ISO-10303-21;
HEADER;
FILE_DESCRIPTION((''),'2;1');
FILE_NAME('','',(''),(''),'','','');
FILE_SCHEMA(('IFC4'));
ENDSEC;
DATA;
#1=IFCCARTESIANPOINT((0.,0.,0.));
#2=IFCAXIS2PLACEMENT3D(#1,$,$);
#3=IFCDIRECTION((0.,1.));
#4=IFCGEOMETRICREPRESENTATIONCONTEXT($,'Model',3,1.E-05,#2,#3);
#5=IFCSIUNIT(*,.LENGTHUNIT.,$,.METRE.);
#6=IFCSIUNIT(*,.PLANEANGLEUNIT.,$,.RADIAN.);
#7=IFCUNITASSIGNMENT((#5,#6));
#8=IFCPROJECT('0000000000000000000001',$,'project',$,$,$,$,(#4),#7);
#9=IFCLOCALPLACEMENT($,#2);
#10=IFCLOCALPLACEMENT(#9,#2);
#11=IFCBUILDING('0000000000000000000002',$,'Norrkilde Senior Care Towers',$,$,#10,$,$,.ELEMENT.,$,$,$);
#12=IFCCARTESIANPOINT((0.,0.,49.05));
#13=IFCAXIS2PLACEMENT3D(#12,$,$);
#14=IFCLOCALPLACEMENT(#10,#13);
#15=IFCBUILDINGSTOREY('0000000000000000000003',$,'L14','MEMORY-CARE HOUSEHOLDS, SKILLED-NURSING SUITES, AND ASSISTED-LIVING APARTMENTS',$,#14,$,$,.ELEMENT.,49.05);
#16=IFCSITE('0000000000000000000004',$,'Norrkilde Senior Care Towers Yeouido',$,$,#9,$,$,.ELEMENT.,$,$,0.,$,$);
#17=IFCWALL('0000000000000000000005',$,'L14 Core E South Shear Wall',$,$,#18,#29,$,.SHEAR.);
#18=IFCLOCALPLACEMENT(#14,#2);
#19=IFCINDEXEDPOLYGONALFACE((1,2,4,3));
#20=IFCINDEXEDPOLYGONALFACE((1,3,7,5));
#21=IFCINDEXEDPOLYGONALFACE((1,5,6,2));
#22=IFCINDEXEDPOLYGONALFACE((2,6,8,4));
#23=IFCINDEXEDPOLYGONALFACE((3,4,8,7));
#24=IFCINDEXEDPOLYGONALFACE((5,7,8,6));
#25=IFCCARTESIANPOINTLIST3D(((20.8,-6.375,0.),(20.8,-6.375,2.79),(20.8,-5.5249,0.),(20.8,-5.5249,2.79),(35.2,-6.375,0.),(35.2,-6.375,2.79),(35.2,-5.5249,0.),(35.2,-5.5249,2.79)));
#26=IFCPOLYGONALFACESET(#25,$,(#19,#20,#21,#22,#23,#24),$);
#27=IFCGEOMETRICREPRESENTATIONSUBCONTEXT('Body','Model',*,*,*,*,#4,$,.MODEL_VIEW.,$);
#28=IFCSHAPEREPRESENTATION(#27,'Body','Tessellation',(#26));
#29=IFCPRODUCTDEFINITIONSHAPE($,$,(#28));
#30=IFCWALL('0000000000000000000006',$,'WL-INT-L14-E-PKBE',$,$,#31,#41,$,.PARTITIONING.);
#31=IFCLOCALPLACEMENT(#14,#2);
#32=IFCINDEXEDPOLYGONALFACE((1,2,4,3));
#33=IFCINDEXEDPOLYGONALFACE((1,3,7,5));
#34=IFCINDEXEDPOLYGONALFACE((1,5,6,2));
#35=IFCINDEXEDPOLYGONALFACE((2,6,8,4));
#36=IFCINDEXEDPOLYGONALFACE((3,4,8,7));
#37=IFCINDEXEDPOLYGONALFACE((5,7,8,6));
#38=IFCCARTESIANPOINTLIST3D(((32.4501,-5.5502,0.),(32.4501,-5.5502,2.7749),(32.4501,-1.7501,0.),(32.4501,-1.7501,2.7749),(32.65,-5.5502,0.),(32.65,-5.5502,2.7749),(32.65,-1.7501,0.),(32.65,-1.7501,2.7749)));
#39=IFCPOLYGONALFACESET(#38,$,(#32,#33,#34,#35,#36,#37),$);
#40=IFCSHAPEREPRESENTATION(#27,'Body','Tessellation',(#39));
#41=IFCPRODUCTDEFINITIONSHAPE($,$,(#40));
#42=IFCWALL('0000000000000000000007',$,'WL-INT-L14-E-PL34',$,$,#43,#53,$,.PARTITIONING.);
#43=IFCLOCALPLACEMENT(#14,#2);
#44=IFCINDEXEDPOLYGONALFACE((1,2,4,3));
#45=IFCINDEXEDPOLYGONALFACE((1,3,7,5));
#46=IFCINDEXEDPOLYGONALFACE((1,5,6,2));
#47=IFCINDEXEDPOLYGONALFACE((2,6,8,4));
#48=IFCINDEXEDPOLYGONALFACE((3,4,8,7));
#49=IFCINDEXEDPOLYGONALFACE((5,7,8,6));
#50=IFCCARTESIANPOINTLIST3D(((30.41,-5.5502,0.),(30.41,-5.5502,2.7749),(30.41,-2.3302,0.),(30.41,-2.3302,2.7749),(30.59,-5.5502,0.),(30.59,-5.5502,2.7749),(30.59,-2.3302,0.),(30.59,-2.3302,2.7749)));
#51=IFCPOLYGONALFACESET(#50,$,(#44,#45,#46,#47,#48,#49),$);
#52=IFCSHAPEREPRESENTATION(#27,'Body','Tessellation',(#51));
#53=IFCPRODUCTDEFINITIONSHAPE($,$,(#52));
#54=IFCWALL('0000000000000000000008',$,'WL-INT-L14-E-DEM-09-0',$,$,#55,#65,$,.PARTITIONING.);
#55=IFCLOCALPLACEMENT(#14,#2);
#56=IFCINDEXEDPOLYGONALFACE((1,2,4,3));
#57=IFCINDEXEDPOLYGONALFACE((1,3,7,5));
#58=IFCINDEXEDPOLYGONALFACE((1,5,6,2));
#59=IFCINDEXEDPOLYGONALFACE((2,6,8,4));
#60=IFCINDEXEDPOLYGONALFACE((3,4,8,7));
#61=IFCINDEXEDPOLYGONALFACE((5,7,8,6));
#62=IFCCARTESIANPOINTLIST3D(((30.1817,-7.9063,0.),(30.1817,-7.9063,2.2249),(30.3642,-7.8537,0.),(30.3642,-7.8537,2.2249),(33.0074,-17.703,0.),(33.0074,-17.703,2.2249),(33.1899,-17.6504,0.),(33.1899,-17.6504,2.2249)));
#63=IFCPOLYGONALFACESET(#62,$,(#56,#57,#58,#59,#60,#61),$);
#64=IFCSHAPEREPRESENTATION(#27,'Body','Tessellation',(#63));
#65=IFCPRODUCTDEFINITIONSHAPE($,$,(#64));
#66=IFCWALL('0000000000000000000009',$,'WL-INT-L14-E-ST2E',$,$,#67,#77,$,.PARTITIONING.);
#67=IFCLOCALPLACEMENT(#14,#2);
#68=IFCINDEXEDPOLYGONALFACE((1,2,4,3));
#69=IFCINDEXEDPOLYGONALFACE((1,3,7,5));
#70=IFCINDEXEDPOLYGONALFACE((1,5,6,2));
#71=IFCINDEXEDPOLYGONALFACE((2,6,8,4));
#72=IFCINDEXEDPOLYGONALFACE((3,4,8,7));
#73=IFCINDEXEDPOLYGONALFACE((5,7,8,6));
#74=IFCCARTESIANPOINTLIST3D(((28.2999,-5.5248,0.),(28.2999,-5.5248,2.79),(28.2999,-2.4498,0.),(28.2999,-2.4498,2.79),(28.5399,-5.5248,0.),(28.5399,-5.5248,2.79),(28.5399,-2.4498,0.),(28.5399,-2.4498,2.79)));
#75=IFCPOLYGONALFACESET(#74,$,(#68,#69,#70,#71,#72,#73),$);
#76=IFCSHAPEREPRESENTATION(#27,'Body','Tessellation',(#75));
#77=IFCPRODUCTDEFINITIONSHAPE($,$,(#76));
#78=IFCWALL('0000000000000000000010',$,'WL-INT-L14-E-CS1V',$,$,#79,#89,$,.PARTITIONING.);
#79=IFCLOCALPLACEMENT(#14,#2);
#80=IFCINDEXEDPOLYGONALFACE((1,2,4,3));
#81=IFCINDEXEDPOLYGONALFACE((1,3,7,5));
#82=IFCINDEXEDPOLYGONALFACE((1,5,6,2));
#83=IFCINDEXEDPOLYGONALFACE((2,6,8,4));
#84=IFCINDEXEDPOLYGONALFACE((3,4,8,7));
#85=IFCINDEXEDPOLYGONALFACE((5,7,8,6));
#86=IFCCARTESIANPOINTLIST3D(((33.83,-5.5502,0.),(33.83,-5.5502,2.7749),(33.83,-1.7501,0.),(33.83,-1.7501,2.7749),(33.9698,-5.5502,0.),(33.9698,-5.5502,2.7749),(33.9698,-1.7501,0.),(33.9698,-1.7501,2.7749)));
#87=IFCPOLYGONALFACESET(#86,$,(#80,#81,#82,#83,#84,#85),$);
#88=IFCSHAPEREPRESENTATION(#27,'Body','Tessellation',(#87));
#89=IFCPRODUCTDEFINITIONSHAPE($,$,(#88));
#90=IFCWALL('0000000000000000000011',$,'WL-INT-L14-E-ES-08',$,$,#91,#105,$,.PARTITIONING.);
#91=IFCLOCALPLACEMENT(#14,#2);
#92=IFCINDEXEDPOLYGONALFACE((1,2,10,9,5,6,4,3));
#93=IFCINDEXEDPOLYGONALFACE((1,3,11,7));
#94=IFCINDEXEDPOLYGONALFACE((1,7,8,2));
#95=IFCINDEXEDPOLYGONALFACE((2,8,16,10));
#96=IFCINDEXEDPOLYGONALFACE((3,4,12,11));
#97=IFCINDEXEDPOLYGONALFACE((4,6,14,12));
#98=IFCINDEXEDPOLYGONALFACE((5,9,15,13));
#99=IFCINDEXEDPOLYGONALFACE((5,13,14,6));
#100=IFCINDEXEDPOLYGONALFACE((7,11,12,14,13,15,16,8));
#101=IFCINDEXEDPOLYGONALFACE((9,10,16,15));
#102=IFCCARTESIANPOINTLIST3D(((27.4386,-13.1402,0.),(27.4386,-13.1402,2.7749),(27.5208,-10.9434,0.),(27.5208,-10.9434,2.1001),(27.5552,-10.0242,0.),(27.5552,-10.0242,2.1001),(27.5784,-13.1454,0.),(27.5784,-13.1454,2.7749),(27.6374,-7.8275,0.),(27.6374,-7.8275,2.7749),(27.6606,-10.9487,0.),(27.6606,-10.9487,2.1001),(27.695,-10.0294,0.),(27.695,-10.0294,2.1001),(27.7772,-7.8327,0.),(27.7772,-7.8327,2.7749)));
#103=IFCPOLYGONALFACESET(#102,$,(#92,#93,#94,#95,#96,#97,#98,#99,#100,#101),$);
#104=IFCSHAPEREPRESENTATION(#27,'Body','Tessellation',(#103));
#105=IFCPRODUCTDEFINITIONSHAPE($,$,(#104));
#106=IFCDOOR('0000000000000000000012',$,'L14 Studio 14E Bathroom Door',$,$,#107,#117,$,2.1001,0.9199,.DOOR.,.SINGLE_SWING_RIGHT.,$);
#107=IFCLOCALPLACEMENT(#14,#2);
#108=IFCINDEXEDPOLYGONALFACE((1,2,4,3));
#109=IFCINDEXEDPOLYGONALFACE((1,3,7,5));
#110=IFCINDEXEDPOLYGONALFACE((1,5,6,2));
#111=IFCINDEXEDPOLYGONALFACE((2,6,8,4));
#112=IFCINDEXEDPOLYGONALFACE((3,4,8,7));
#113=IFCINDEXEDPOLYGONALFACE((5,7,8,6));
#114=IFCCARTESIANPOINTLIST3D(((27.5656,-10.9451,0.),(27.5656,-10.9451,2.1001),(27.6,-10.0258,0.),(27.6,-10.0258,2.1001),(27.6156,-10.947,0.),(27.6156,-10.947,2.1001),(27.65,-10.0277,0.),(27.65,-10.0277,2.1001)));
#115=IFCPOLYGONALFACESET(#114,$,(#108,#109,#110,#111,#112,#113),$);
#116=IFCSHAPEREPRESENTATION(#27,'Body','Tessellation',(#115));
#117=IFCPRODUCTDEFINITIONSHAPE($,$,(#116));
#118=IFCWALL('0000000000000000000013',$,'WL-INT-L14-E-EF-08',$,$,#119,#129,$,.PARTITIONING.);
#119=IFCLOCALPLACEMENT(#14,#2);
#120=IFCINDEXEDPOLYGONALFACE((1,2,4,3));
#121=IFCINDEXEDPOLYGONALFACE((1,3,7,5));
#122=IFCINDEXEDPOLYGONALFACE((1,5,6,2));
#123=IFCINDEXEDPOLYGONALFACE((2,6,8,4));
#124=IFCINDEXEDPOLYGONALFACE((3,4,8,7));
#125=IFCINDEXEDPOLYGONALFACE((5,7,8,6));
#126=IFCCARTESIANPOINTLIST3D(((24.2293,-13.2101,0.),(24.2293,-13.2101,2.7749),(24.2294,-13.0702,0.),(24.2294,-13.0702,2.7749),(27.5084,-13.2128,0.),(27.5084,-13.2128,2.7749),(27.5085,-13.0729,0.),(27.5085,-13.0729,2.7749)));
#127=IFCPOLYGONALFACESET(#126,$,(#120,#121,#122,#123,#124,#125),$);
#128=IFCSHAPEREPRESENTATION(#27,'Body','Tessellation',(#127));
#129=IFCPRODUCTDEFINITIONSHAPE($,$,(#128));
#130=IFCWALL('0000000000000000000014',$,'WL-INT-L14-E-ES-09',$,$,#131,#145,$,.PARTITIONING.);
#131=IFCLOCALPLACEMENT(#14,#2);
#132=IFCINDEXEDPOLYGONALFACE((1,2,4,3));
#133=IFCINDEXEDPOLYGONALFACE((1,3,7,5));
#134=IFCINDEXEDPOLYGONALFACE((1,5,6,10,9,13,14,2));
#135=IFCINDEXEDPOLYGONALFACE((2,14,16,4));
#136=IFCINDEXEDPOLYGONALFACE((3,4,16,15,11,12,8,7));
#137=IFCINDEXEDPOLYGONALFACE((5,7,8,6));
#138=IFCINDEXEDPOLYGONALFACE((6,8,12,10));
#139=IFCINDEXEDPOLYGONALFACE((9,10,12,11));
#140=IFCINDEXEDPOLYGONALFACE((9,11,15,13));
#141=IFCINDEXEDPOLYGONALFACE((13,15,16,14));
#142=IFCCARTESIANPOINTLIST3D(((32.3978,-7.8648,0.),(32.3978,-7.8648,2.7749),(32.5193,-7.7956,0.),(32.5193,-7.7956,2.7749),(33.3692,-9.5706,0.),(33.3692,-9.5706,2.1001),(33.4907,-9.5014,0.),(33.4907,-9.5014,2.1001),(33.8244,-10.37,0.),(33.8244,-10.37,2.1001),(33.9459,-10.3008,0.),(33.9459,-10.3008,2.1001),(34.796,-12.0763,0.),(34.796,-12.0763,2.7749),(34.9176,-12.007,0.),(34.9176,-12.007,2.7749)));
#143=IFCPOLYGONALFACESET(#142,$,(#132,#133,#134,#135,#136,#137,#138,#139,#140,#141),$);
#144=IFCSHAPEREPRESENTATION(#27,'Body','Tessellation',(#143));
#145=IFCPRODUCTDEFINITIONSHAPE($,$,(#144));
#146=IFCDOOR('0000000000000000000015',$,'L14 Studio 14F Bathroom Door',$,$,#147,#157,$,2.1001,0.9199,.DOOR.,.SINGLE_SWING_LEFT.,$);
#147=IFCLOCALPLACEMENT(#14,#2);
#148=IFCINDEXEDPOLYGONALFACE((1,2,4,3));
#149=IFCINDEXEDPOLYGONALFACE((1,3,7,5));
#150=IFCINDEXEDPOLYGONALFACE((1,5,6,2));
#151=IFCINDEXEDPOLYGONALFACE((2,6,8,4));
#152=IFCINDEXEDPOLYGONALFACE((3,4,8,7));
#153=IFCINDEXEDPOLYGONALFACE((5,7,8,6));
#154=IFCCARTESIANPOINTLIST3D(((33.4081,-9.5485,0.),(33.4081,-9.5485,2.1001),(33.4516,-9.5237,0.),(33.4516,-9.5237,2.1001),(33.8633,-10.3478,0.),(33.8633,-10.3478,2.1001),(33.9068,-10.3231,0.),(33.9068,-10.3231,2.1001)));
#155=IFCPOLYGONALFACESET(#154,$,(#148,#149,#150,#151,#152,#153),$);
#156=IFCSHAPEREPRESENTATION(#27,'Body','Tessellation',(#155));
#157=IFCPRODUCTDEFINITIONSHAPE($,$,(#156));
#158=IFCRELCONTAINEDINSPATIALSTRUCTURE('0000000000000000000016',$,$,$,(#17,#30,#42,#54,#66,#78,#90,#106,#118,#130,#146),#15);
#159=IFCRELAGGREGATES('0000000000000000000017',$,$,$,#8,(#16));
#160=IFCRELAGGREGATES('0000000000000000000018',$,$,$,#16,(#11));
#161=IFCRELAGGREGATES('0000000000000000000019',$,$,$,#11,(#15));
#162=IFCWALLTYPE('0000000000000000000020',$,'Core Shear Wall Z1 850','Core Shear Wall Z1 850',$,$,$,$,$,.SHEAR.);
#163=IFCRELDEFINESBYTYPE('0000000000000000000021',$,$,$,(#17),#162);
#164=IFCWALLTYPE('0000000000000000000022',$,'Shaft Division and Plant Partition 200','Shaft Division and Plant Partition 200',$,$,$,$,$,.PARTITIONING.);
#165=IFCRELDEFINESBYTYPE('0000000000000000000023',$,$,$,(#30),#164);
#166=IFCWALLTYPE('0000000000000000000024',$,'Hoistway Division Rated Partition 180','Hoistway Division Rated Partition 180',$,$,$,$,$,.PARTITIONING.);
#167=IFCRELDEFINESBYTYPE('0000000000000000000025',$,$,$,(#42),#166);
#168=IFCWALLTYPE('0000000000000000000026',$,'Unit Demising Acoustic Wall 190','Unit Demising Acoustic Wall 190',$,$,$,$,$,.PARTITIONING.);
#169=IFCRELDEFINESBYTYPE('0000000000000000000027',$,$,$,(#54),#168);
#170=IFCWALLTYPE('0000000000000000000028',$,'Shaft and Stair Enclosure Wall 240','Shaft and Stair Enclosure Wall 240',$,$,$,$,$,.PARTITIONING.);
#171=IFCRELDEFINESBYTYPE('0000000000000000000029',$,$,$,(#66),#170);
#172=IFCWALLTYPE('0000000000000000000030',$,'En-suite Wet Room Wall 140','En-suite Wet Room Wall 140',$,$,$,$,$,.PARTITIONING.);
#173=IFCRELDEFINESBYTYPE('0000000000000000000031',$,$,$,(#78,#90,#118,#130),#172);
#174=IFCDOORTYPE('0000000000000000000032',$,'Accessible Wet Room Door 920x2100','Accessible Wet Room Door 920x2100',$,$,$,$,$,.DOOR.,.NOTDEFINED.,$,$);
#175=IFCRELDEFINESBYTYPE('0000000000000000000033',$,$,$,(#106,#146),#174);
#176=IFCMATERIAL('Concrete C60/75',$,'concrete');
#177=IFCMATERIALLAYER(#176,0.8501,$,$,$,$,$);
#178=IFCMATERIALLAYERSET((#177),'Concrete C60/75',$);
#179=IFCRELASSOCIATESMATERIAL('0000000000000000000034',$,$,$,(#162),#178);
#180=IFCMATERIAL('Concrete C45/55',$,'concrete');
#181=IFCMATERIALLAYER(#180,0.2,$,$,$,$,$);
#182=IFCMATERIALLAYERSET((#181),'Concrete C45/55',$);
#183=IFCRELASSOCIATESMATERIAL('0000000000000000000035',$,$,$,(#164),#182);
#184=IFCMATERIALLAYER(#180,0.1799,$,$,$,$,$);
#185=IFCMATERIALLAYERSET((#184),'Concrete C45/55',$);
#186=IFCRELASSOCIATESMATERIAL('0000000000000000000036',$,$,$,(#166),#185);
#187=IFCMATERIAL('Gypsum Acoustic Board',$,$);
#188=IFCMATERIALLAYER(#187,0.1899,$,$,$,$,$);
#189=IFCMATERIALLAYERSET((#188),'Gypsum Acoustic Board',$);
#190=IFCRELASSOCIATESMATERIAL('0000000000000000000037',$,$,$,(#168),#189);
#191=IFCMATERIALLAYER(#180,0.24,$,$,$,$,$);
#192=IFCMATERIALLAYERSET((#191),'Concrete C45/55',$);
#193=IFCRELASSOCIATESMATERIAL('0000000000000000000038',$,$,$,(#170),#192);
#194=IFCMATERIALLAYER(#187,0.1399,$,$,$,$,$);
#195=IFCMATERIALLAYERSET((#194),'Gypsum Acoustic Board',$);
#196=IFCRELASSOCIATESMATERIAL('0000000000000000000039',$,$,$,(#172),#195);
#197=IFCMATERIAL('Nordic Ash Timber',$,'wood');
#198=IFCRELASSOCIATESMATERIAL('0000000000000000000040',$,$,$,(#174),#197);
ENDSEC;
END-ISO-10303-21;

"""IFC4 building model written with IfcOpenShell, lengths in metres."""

from ifc_helpers import new_model, si_unit, direction, frame, frame_2d, origin, place, context, subcontext, project, spatial, rectangle, extrude, source, transform, mapped, material, layer, layer_set, type_object, type_shapes, element, fill, save


model = new_model("IFC4")

# Units and contexts
model_context = context("Model", 3, precision=1e-05, world=origin(), true_north=direction((0.0, 1.0)))
body_context = subcontext(model_context, "Body", "Model", "MODEL_VIEW")
ifc_project = project(units=[si_unit("LENGTHUNIT", "METRE"), si_unit("PLANEANGLEUNIT", "RADIAN")], contexts=[model_context])

# Site, building, storey
site_placement = place(None, origin())
site = spatial("IfcSite", under=ifc_project, at=site_placement, Name="Norrkilde Senior Care Towers Yeouido", CompositionType="ELEMENT", RefElevation=0.0)
building_placement = place(site_placement, origin())
building = spatial("IfcBuilding", under=site, at=building_placement, Name="Norrkilde Senior Care Towers", CompositionType="ELEMENT")
storey_placement = place(building_placement, frame((0.0, 0.0, 49.05)))
storey = spatial("IfcBuildingStorey", under=building, at=storey_placement, Name="L14", Description="MEMORY-CARE HOUSEHOLDS, SKILLED-NURSING SUITES, AND ASSISTED-LIVING APARTMENTS", CompositionType="ELEMENT", Elevation=49.05)

# Shared definitions
ifc_material_1 = material(Name="Concrete C60/75", Category="concrete")

# Walls
ifc_layer_1 = layer(ifc_material_1, 0.8501)
ifc_layer_set_1 = layer_set([ifc_layer_1], Name="Concrete C60/75")
wall_type_1 = type_object("IfcWallType", Name="Core Shear Wall Z1 850", Description="Core Shear Wall Z1 850", PredefinedType="SHEAR", material=ifc_layer_set_1)
shared_shape_1 = source(origin(), body_context, "Body", "SweptSolid", [
    extrude(rectangle(XDim=14.3999, YDim=0.8501, at=frame_2d((7.2, 0.0))), origin(), (0.0, 0.0, 1.0), 2.79),
])
type_shapes(wall_type_1, [shared_shape_1])
wall_1_placement = place(storey_placement, frame((35.2, -5.95, 0.0), z_axis=(0.0, 0.0, 1.0), x_axis=(-1.0, 0.0, 0.0)))
element("IfcWall", 1, at=wall_1_placement, inside=storey, type_object=wall_type_1, Name="L14 Core E South Shear Wall", PredefinedType="SHEAR", context=body_context, shape_type="MappedRepresentation", body=[
    mapped(shared_shape_1, transform((0.0, 0.0, 0.0), x_axis=(1.0, 0.0, 0.0), y_axis=(0.0, 1.0, 0.0), z_axis=(0.0, 0.0, 1.0), scale=1.0)),
])
ifc_material_2 = material(Name="Concrete C45/55", Category="concrete")
ifc_layer_2 = layer(ifc_material_2, 0.2)
ifc_layer_set_2 = layer_set([ifc_layer_2], Name="Concrete C45/55")
wall_type_2 = type_object("IfcWallType", Name="Shaft Division and Plant Partition 200", Description="Shaft Division and Plant Partition 200", PredefinedType="PARTITIONING", material=ifc_layer_set_2)
shared_shape_2 = source(origin(), body_context, "Body", "SweptSolid", [
    extrude(rectangle(XDim=3.8, YDim=0.2, at=frame_2d((1.8999, 0.0))), origin(), (0.0, 0.0, 1.0), 2.7749),
])
type_shapes(wall_type_2, [shared_shape_2])
wall_2_placement = place(storey_placement, frame((32.55, -5.55, 0.0), z_axis=(0.0, 0.0, 1.0), x_axis=(0.0, 1.0, 0.0)))
element("IfcWall", 2, at=wall_2_placement, inside=storey, type_object=wall_type_2, Name="WL-INT-L14-E-PKBE", PredefinedType="PARTITIONING", context=body_context, shape_type="MappedRepresentation", body=[
    mapped(shared_shape_2, transform((0.0, 0.0, 0.0), x_axis=(1.0, 0.0, 0.0), y_axis=(0.0, 1.0, 0.0), z_axis=(0.0, 0.0, 1.0), scale=1.0)),
])
ifc_layer_3 = layer(ifc_material_2, 0.1799)
ifc_layer_set_3 = layer_set([ifc_layer_3], Name="Concrete C45/55")
wall_type_3 = type_object("IfcWallType", Name="Hoistway Division Rated Partition 180", Description="Hoistway Division Rated Partition 180", PredefinedType="PARTITIONING", material=ifc_layer_set_3)
shared_shape_3 = source(origin(), body_context, "Body", "SweptSolid", [
    extrude(rectangle(XDim=3.22, YDim=0.1799, at=frame_2d((1.6099, 0.0))), origin(), (0.0, 0.0, 1.0), 2.7749),
])
type_shapes(wall_type_3, [shared_shape_3])
wall_3_placement = place(storey_placement, frame((30.5, -5.55, 0.0), z_axis=(0.0, 0.0, 1.0), x_axis=(0.0, 1.0, 0.0)))
element("IfcWall", 3, at=wall_3_placement, inside=storey, type_object=wall_type_3, Name="WL-INT-L14-E-PL34", PredefinedType="PARTITIONING", context=body_context, shape_type="MappedRepresentation", body=[
    mapped(shared_shape_3, transform((0.0, 0.0, 0.0), x_axis=(1.0, 0.0, 0.0), y_axis=(0.0, 1.0, 0.0), z_axis=(0.0, 0.0, 1.0), scale=1.0)),
])
ifc_material_3 = material(Name="Gypsum Acoustic Board")
ifc_layer_4 = layer(ifc_material_3, 0.1899)
ifc_layer_set_4 = layer_set([ifc_layer_4], Name="Gypsum Acoustic Board")
wall_type_4 = type_object("IfcWallType", Name="Unit Demising Acoustic Wall 190", Description="Unit Demising Acoustic Wall 190", PredefinedType="PARTITIONING", material=ifc_layer_set_4)
shared_shape_4 = source(origin(), body_context, "Body", "SweptSolid", [
    extrude(rectangle(XDim=10.196, YDim=0.1899, at=frame_2d((5.0981, 0.0))), origin(), (0.0, 0.0, 1.0), 2.2249),
])
type_shapes(wall_type_4, [shared_shape_4])
wall_4_placement = place(storey_placement, frame((30.2729, -7.8799, 0.0), z_axis=(0.0, 0.0, 1.0), x_axis=(0.277136, -0.960831, 0.0)))
element("IfcWall", 4, at=wall_4_placement, inside=storey, type_object=wall_type_4, Name="WL-INT-L14-E-DEM-09-0", PredefinedType="PARTITIONING", context=body_context, shape_type="MappedRepresentation", body=[
    mapped(shared_shape_4, transform((0.0, 0.0, 0.0), x_axis=(1.0, 0.0, 0.0), y_axis=(0.0, 1.0, 0.0), z_axis=(0.0, 0.0, 1.0), scale=1.0)),
])
ifc_layer_5 = layer(ifc_material_2, 0.24)
ifc_layer_set_5 = layer_set([ifc_layer_5], Name="Concrete C45/55")
wall_type_5 = type_object("IfcWallType", Name="Shaft and Stair Enclosure Wall 240", Description="Shaft and Stair Enclosure Wall 240", PredefinedType="PARTITIONING", material=ifc_layer_set_5)
shared_shape_5 = source(origin(), body_context, "Body", "SweptSolid", [
    extrude(rectangle(XDim=3.075, YDim=0.24, at=frame_2d((1.5376, 0.0))), origin(), (0.0, 0.0, 1.0), 2.79),
])
type_shapes(wall_type_5, [shared_shape_5])
wall_5_placement = place(storey_placement, frame((28.4199, -5.5249, 0.0), z_axis=(0.0, 0.0, 1.0), x_axis=(0.0, 1.0, 0.0)))
element("IfcWall", 5, at=wall_5_placement, inside=storey, type_object=wall_type_5, Name="WL-INT-L14-E-ST2E", PredefinedType="PARTITIONING", context=body_context, shape_type="MappedRepresentation", body=[
    mapped(shared_shape_5, transform((0.0, 0.0, 0.0), x_axis=(1.0, 0.0, 0.0), y_axis=(0.0, 1.0, 0.0), z_axis=(0.0, 0.0, 1.0), scale=1.0)),
])
ifc_layer_6 = layer(ifc_material_3, 0.1399)
ifc_layer_set_6 = layer_set([ifc_layer_6], Name="Gypsum Acoustic Board")
wall_type_6 = type_object("IfcWallType", Name="En-suite Wet Room Wall 140", Description="En-suite Wet Room Wall 140", PredefinedType="PARTITIONING", material=ifc_layer_set_6)
shared_shape_6 = source(origin(), body_context, "Body", "SweptSolid", [
    extrude(rectangle(XDim=3.8, YDim=0.1399, at=frame_2d((1.8999, 0.0))), origin(), (0.0, 0.0, 1.0), 2.7749),
])
wall_6_placement = place(storey_placement, frame((33.8999, -5.55, 0.0), z_axis=(0.0, 0.0, 1.0), x_axis=(0.0, 1.0, 0.0)))
element("IfcWall", 6, at=wall_6_placement, inside=storey, type_object=wall_type_6, Name="WL-INT-L14-E-CS1V", PredefinedType="PARTITIONING", context=body_context, shape_type="MappedRepresentation", body=[
    mapped(shared_shape_6, transform((0.0, 0.0, 0.0), x_axis=(1.0, 0.0, 0.0), y_axis=(0.0, 1.0, 0.0), z_axis=(0.0, 0.0, 1.0), scale=1.0)),
])

# Wall, opening, door
shared_shape_7 = source(origin(), body_context, "Body", "SweptSolid", [
    extrude(rectangle(XDim=5.3164, YDim=0.1399, at=frame_2d((2.6582, 0.0))), origin(), (0.0, 0.0, 1.0), 2.7749),
])
wall_7_placement = place(storey_placement, frame((27.7073, -7.8301, 0.0), z_axis=(0.0, 0.0, 1.0), x_axis=(-0.03738, -0.999301, 0.0)))
wall_7 = element("IfcWall", 7, at=wall_7_placement, inside=storey, type_object=wall_type_6, Name="WL-INT-L14-E-ES-08", PredefinedType="PARTITIONING", context=body_context, shape_type="MappedRepresentation", body=[
    mapped(shared_shape_7, transform((0.0, 0.0, 0.0), x_axis=(1.0, 0.0, 0.0), y_axis=(0.0, 1.0, 0.0), z_axis=(0.0, 0.0, 1.0), scale=1.0)),
])
opening_1_placement = place(wall_7_placement, frame((2.1982, 0.0, 0.0)))
opening_1 = element("IfcOpeningElement", 8, at=opening_1_placement, cuts=wall_7, PredefinedType="OPENING", context=body_context, shape_type="SweptSolid", body=[
    extrude(rectangle(XDim=0.9199, YDim=2.1001, at=frame_2d((0.46, 1.05))), frame((0.0, 0.0798, 0.0), z_axis=(0.0, -1.0, 0.0), x_axis=(1.0, 0.0, 0.0)), (0.0, 0.0, 1.0), 0.1599),
])
ifc_material_4 = material(Name="Nordic Ash Timber", Category="wood")
door_type = type_object("IfcDoorType", Name="Accessible Wet Room Door 920x2100", Description="Accessible Wet Room Door 920x2100", OperationType="NOTDEFINED", PredefinedType="DOOR", material=ifc_material_4)
shared_shape_8 = source(origin(), body_context, "Body", "SweptSolid", [
    extrude(rectangle(XDim=0.9199, YDim=2.1001, at=frame_2d((0.46, 1.05))), frame((0.0, 0.0249, 0.0), z_axis=(0.0, -1.0, 0.0), x_axis=(1.0, 0.0, 0.0)), (0.0, 0.0, 1.0), 0.05),
])
type_shapes(door_type, [shared_shape_8])
door_1_placement = place(opening_1_placement, origin())
door_1 = element("IfcDoor", 9, at=door_1_placement, inside=storey, type_object=door_type, Name="L14 Studio 14E Bathroom Door", OperationType="SINGLE_SWING_RIGHT", OverallHeight=2.1001, OverallWidth=0.9199, PredefinedType="DOOR", context=body_context, shape_type="MappedRepresentation", body=[
    mapped(shared_shape_8, transform((0.0, 0.0, 0.0), x_axis=(1.0, 0.0, 0.0), y_axis=(0.0, 1.0, 0.0), z_axis=(0.0, 0.0, 1.0), scale=1.0)),
])
fill(opening_1, door_1)

# Wall
shared_shape_9 = source(origin(), body_context, "Body", "SweptSolid", [
    extrude(rectangle(XDim=3.2791, YDim=0.1399, at=frame_2d((1.6396, 0.0))), origin(), (0.0, 0.0, 1.0), 2.7749),
])
wall_8_placement = place(storey_placement, frame((27.5085, -13.1428, 0.0), z_axis=(0.0, 0.0, 1.0), x_axis=(-1.0, 0.000819, 0.0)))
element("IfcWall", 10, at=wall_8_placement, inside=storey, type_object=wall_type_6, Name="WL-INT-L14-E-EF-08", PredefinedType="PARTITIONING", context=body_context, shape_type="MappedRepresentation", body=[
    mapped(shared_shape_9, transform((0.0, 0.0, 0.0), x_axis=(1.0, 0.0, 0.0), y_axis=(0.0, 1.0, 0.0), z_axis=(0.0, 0.0, 1.0), scale=1.0)),
])

# Wall, opening, door
shared_shape_10 = source(origin(), body_context, "Body", "SweptSolid", [
    extrude(rectangle(XDim=4.8464, YDim=0.1399, at=frame_2d((2.4233, 0.0))), origin(), (0.0, 0.0, 1.0), 2.7749),
])
wall_9_placement = place(storey_placement, frame((32.4585, -7.8301, 0.0), z_axis=(0.0, 0.0, 1.0), x_axis=(0.494842, -0.868983, 0.0)))
wall_9 = element("IfcWall", 11, at=wall_9_placement, inside=storey, type_object=wall_type_6, Name="WL-INT-L14-E-ES-09", PredefinedType="PARTITIONING", context=body_context, shape_type="MappedRepresentation", body=[
    mapped(shared_shape_10, transform((0.0, 0.0, 0.0), x_axis=(1.0, 0.0, 0.0), y_axis=(0.0, 1.0, 0.0), z_axis=(0.0, 0.0, 1.0), scale=1.0)),
])
opening_2_placement = place(wall_9_placement, frame((1.9631, 0.0, 0.0)))
opening_2 = element("IfcOpeningElement", 12, at=opening_2_placement, cuts=wall_9, PredefinedType="OPENING", context=body_context, shape_type="SweptSolid", body=[
    extrude(rectangle(XDim=0.9199, YDim=2.1001, at=frame_2d((0.46, 1.05))), frame((0.0, 0.0798, 0.0), z_axis=(0.0, -1.0, 0.0), x_axis=(1.0, 0.0, 0.0)), (0.0, 0.0, 1.0), 0.1599),
])
door_2_placement = place(opening_2_placement, origin())
door_2 = element("IfcDoor", 13, at=door_2_placement, inside=storey, type_object=door_type, Name="L14 Studio 14F Bathroom Door", OperationType="SINGLE_SWING_LEFT", OverallHeight=2.1001, OverallWidth=0.9199, PredefinedType="DOOR", context=body_context, shape_type="MappedRepresentation", body=[
    mapped(shared_shape_8, transform((0.0, 0.0, 0.0), x_axis=(1.0, 0.0, 0.0), y_axis=(0.0, 1.0, 0.0), z_axis=(0.0, 0.0, 1.0), scale=1.0)),
])
fill(opening_2, door_2)

save(model, "model.ifc")
